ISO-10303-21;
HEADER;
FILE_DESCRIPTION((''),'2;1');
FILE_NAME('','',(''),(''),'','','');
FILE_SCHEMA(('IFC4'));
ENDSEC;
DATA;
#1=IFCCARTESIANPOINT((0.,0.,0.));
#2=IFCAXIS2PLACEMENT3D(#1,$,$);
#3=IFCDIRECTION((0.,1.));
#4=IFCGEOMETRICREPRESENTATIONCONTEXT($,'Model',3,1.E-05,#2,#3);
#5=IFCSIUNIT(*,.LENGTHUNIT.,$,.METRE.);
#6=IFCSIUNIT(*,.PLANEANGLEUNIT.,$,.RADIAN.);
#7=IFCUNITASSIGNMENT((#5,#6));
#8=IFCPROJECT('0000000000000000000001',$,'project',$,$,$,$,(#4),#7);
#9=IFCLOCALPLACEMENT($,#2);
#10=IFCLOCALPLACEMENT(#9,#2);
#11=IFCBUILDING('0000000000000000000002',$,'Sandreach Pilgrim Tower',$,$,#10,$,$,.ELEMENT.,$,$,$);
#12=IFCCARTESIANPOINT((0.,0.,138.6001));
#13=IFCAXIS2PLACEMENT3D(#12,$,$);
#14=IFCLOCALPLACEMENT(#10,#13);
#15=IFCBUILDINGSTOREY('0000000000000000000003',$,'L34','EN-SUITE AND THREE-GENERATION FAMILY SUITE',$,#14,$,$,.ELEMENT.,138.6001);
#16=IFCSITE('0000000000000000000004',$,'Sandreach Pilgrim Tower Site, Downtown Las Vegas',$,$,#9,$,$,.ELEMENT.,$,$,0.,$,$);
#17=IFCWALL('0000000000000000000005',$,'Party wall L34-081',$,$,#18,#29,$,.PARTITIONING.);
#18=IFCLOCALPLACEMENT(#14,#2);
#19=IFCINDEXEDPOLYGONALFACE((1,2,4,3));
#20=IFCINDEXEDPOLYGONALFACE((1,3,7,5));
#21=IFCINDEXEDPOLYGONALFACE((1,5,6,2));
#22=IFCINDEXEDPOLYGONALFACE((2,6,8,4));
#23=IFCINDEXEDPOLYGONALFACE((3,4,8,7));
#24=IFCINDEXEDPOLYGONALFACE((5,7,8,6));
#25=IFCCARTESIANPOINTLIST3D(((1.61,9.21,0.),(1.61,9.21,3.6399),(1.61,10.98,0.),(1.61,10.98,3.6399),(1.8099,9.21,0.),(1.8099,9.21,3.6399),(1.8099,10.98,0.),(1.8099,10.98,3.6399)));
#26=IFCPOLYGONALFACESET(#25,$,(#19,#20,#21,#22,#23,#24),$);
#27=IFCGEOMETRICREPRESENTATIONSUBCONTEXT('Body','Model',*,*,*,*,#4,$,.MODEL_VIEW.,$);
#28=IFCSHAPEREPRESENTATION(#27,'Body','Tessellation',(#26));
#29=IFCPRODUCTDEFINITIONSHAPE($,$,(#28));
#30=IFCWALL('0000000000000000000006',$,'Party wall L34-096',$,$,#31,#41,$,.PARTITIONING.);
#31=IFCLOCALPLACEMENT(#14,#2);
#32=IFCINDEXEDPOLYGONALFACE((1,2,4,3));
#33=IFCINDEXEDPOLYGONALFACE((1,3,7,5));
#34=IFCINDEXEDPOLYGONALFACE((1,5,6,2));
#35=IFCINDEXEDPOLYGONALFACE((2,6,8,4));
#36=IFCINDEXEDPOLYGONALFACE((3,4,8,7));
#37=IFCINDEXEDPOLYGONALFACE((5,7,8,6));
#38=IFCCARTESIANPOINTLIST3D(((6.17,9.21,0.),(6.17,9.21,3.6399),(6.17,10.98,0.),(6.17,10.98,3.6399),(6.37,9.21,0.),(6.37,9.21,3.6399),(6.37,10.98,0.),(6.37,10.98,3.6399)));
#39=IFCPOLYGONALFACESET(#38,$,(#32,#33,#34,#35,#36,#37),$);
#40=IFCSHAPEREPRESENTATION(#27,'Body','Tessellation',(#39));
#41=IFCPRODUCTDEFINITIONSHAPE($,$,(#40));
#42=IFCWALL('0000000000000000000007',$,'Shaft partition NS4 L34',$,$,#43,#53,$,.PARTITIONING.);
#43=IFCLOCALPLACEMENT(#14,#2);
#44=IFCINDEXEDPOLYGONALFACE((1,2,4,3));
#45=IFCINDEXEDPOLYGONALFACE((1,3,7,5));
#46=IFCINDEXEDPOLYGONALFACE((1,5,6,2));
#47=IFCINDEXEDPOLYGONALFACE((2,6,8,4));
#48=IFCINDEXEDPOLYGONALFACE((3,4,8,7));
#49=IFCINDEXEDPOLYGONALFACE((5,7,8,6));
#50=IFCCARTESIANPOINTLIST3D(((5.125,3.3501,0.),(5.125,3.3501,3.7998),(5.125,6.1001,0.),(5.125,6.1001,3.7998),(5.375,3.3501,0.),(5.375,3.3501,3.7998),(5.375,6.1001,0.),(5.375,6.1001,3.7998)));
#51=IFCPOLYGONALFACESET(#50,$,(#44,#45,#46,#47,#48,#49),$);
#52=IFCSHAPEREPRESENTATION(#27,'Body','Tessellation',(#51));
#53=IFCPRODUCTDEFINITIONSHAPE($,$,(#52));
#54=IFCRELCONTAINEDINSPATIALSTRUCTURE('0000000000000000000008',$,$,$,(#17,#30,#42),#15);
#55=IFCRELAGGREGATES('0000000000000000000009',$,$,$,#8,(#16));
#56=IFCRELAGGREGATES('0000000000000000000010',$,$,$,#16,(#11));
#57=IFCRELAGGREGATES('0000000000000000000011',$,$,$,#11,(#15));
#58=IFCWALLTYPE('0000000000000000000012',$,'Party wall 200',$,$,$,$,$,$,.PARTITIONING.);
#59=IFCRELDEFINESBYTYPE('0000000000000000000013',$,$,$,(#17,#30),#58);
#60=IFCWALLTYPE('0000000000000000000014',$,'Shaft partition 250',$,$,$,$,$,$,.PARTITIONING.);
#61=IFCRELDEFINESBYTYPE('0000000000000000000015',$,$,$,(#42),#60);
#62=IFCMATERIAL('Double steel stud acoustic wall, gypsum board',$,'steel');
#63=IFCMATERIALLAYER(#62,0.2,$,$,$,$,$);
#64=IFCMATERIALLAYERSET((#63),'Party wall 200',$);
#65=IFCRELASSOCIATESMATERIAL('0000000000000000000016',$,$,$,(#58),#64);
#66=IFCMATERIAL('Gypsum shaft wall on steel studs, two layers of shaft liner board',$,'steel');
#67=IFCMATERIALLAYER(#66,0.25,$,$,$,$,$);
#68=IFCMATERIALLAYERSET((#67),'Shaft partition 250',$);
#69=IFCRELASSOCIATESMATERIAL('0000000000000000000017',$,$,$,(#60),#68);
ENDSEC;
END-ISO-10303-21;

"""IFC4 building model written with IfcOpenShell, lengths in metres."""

from ifc_helpers import new_model, si_unit, direction, frame, frame_2d, origin, place, context, subcontext, project, spatial, rectangle, extrude, material, layer, layer_set, type_object, element, save


model = new_model("IFC4")

# Units and contexts
model_context = context("Model", 3, precision=1e-05, world=origin(), true_north=direction((0.0, 1.0)))
body_context = subcontext(model_context, "Body", "Model", "MODEL_VIEW")
ifc_project = project(units=[si_unit("LENGTHUNIT", "METRE"), si_unit("PLANEANGLEUNIT", "RADIAN")], contexts=[model_context])

# Site, building, storey
site_placement = place(None, origin())
site = spatial("IfcSite", under=ifc_project, at=site_placement, Name="Sandreach Pilgrim Tower Site, Downtown Las Vegas", CompositionType="ELEMENT", RefElevation=0.0)
building_placement = place(site_placement, origin())
building = spatial("IfcBuilding", under=site, at=building_placement, Name="Sandreach Pilgrim Tower", CompositionType="ELEMENT")
storey_placement = place(building_placement, frame((0.0, 0.0, 138.6001)))
storey = spatial("IfcBuildingStorey", under=building, at=storey_placement, Name="L34", Description="EN-SUITE AND THREE-GENERATION FAMILY SUITE", CompositionType="ELEMENT", Elevation=138.6001)

# Walls
ifc_material_1 = material(Name="Double steel stud acoustic wall, gypsum board", Category="steel")
ifc_layer_1 = layer(ifc_material_1, 0.2)
ifc_layer_set_1 = layer_set([ifc_layer_1], Name="Party wall 200")
wall_type_1 = type_object("IfcWallType", Name="Party wall 200", PredefinedType="PARTITIONING", material=ifc_layer_set_1)
for number, where, z_axis, x_axis, name in (
    (1, (1.71, 10.98, 0.0), (0.0, 0.0, 1.0), (0.0, -1.0, 0.0), "Party wall L34-081"),
    (2, (6.27, 10.98, 0.0), (0.0, 0.0, 1.0), (0.0, -1.0, 0.0), "Party wall L34-096"),
):
    element("IfcWall", number, at=place(storey_placement, frame(where, z_axis=z_axis, x_axis=x_axis)), inside=storey, type_object=wall_type_1, Name=name, PredefinedType="PARTITIONING", context=body_context, shape_type="SweptSolid", body=[
        extrude(rectangle(XDim=1.77, YDim=0.2, at=frame_2d((0.885, 0.0))), origin(), (0.0, 0.0, 1.0), 3.6399),
    ])
ifc_material_2 = material(Name="Gypsum shaft wall on steel studs, two layers of shaft liner board", Category="steel")
ifc_layer_2 = layer(ifc_material_2, 0.25)
ifc_layer_set_2 = layer_set([ifc_layer_2], Name="Shaft partition 250")
wall_type_2 = type_object("IfcWallType", Name="Shaft partition 250", PredefinedType="PARTITIONING", material=ifc_layer_set_2)
wall_1_placement = place(storey_placement, frame((5.25, 3.3501, 0.0), z_axis=(0.0, 0.0, 1.0), x_axis=(0.0, 1.0, 0.0)))
element("IfcWall", 3, at=wall_1_placement, inside=storey, type_object=wall_type_2, Name="Shaft partition NS4 L34", PredefinedType="PARTITIONING", context=body_context, shape_type="SweptSolid", body=[
    extrude(rectangle(XDim=2.75, YDim=0.25, at=frame_2d((1.375, 0.0))), origin(), (0.0, 0.0, 1.0), 3.7998),
])

save(model, "model.ifc")
